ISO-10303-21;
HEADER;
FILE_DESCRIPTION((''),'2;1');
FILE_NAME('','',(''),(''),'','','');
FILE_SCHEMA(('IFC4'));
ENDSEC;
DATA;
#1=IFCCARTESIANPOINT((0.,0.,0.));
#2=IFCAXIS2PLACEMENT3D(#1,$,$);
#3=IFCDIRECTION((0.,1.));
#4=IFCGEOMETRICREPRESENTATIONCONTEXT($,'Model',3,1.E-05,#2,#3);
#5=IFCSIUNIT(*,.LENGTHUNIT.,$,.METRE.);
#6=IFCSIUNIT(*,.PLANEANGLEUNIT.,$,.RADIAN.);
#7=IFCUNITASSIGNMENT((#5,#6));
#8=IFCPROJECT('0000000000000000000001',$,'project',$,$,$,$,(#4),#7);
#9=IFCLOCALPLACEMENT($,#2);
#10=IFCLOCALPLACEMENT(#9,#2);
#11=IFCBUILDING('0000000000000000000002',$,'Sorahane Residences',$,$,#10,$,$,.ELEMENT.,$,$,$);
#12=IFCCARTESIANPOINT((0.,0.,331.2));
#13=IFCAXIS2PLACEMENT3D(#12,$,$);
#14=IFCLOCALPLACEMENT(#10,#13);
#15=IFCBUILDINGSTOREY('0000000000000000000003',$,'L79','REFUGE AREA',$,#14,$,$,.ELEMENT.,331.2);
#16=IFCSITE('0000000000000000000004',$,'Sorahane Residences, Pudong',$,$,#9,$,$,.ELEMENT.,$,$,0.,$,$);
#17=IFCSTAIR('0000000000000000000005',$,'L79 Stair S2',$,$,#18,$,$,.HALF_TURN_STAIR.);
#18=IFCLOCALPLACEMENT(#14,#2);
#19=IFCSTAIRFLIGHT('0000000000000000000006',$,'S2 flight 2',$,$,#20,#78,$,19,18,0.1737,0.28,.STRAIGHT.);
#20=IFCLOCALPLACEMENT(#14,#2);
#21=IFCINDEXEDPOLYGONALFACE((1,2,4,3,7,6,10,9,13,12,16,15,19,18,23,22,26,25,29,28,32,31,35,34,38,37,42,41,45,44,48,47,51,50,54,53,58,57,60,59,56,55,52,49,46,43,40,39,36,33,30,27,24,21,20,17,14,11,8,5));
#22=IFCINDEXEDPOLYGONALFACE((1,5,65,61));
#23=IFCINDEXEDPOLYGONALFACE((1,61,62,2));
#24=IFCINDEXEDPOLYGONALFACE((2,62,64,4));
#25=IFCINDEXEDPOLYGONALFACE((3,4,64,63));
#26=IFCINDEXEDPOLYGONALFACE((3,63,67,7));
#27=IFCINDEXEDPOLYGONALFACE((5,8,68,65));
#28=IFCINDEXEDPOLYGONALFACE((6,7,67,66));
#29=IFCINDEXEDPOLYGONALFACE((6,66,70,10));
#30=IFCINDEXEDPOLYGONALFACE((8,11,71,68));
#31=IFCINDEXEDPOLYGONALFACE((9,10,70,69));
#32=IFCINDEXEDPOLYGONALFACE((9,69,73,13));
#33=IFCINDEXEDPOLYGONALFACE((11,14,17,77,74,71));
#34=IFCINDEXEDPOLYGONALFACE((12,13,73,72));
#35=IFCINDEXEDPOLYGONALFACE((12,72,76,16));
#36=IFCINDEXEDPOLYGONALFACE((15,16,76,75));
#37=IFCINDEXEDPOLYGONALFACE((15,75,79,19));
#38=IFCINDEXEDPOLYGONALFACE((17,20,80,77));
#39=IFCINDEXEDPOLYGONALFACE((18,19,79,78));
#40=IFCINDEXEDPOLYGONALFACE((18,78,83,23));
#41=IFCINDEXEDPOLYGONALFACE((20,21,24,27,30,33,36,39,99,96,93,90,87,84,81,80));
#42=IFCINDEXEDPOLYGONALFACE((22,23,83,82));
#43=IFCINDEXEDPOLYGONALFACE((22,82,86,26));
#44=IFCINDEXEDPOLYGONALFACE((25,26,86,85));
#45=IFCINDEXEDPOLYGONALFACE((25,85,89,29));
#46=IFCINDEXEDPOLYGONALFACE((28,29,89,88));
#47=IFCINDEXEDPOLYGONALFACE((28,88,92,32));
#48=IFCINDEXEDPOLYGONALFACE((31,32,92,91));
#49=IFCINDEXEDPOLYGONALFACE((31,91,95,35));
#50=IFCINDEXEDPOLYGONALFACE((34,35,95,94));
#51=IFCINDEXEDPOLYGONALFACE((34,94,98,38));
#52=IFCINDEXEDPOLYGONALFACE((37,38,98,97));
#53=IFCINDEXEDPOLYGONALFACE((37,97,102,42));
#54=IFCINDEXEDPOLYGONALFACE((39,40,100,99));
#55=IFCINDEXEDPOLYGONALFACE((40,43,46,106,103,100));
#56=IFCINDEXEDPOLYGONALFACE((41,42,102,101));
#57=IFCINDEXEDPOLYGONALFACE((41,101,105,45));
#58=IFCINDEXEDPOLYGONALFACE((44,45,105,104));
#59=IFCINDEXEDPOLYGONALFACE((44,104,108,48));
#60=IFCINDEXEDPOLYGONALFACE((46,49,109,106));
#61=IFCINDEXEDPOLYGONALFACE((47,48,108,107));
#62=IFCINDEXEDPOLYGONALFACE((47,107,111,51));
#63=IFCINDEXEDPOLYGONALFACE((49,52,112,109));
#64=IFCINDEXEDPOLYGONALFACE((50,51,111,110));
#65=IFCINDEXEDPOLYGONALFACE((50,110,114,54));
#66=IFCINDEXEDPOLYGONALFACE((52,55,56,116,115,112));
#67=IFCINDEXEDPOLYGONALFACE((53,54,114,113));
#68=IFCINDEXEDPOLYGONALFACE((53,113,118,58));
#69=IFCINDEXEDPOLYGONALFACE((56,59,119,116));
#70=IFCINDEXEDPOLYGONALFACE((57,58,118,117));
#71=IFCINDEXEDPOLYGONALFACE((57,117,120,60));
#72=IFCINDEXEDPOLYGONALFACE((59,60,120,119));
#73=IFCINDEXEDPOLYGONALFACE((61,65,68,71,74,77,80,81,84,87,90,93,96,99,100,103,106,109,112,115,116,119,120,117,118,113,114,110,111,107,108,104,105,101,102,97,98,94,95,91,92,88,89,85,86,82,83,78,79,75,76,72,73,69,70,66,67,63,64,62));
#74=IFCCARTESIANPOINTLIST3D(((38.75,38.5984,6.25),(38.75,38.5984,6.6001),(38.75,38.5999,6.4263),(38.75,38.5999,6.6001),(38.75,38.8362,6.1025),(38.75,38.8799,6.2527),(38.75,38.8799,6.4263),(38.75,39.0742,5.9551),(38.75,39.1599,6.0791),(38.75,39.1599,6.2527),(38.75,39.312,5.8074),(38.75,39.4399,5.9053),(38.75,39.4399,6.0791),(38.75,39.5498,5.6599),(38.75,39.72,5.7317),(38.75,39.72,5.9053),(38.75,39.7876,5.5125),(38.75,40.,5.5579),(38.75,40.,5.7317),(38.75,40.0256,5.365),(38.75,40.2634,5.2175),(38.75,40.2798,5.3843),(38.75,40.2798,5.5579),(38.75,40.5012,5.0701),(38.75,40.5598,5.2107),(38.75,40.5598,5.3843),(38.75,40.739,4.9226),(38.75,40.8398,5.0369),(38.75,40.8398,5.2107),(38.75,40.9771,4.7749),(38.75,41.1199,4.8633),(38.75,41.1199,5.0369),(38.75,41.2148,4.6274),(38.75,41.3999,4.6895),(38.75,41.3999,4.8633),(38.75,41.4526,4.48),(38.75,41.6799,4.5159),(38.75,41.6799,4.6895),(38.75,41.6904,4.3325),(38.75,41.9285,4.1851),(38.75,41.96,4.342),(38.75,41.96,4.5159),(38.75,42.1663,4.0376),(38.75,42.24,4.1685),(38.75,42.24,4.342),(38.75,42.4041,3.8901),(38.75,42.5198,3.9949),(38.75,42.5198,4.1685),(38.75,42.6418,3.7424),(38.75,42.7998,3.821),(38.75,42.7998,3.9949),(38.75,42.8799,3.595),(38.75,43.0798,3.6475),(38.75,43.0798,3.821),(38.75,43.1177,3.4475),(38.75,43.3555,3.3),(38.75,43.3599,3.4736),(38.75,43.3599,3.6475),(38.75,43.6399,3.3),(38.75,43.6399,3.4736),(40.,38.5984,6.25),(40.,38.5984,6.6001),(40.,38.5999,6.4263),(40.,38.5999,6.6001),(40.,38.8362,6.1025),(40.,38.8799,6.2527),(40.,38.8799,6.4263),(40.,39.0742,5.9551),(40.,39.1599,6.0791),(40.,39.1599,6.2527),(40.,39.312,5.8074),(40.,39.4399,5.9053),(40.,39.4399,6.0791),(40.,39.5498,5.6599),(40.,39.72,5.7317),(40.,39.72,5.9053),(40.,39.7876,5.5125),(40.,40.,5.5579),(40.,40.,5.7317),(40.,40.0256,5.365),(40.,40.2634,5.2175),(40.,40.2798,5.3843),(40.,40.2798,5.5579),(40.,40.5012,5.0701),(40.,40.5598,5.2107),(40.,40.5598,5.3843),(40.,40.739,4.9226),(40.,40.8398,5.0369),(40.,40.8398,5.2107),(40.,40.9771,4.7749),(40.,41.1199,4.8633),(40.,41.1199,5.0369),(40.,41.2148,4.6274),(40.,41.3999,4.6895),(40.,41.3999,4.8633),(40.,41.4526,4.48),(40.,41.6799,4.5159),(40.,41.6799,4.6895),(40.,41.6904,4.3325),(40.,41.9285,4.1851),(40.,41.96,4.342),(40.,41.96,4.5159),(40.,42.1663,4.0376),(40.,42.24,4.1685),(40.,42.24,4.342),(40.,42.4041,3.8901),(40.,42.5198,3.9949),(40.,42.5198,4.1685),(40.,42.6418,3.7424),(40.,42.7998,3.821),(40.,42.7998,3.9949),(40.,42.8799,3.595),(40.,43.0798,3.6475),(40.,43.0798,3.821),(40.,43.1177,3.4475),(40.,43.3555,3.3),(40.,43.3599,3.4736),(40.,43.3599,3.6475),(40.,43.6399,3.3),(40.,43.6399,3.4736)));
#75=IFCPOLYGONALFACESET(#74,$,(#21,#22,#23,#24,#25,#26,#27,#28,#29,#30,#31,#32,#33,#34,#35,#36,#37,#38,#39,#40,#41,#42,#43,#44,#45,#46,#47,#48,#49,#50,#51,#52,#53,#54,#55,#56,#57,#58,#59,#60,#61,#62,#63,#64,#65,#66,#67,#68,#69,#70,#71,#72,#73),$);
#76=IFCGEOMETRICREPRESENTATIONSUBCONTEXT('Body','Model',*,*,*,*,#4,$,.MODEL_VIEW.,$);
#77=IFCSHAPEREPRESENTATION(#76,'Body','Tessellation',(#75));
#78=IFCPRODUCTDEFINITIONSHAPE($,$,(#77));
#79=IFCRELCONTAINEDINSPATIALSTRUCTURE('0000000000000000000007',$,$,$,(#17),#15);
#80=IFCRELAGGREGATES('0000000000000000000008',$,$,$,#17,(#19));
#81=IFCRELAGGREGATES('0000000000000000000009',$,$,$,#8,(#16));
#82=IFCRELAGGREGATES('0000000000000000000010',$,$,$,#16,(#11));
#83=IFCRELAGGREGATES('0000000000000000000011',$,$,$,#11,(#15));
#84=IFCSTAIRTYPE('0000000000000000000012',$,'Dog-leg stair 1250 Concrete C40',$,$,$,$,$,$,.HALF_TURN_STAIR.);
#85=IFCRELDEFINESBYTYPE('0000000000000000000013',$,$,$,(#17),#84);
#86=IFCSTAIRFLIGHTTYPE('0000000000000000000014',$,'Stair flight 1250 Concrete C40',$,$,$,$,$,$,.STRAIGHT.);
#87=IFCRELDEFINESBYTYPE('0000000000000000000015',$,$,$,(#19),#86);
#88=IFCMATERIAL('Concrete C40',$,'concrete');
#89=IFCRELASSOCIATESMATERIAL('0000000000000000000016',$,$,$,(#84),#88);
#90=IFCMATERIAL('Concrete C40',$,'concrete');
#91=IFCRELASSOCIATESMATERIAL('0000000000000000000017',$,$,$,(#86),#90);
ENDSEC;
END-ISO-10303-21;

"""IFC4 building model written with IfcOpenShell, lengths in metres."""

from ifc_helpers import new_model, si_unit, direction, frame, origin, place, context, subcontext, project, spatial, polyline, outline, extrude, material, type_object, element, aggregate, save


model = new_model("IFC4")

# Units and contexts
model_context = context("Model", 3, precision=1e-05, world=origin(), true_north=direction((0.0, 1.0)))
body_context = subcontext(model_context, "Body", "Model", "MODEL_VIEW")
ifc_project = project(units=[si_unit("LENGTHUNIT", "METRE"), si_unit("PLANEANGLEUNIT", "RADIAN")], contexts=[model_context])

# Site, building, storey
site_placement = place(None, origin())
site = spatial("IfcSite", under=ifc_project, at=site_placement, Name="Sorahane Residences, Pudong", CompositionType="ELEMENT", RefElevation=0.0)
building_placement = place(site_placement, origin())
building = spatial("IfcBuilding", under=site, at=building_placement, Name="Sorahane Residences", CompositionType="ELEMENT")
storey_placement = place(building_placement, frame((0.0, 0.0, 331.2)))
storey = spatial("IfcBuildingStorey", under=building, at=storey_placement, Name="L79", Description="REFUGE AREA", CompositionType="ELEMENT", Elevation=331.2)

# Stair, stair flight
ifc_material_1 = material(Name="Concrete C40", Category="concrete")
stair_type = type_object("IfcStairType", Name="Dog-leg stair 1250 Concrete C40", PredefinedType="HALF_TURN_STAIR", material=ifc_material_1)
stair_placement = place(storey_placement, origin())
stair = element("IfcStair", 1, at=stair_placement, inside=storey, type_object=stair_type, Name="L79 Stair S2", PredefinedType="HALF_TURN_STAIR")
ifc_material_2 = material(Name="Concrete C40", Category="concrete")
stair_flight_type = type_object("IfcStairFlightType", Name="Stair flight 1250 Concrete C40", PredefinedType="STRAIGHT", material=ifc_material_2)
stair_flight_placement = place(storey_placement, frame((39.375, 43.6399, 3.3), z_axis=(0.0, 0.0, 1.0), x_axis=(0.0, -1.0, 0.0)))
stair_flight = element("IfcStairFlight", 2, at=stair_flight_placement, type_object=stair_flight_type, Name="S2 flight 2", NumberOfRisers=19, NumberOfTreads=18, PredefinedType="STRAIGHT", RiserHeight=0.1737, TreadLength=0.28, context=body_context, shape_type="SweptSolid", body=[
    extrude(outline(polyline([(0.0, 0.0), (0.0, 0.1736), (0.28, 0.1736), (0.28, 0.3474), (0.5601, 0.3474), (0.5601, 0.521), (0.8401, 0.521), (0.8401, 0.6948), (1.1201, 0.6948), (1.1201, 0.8684), (1.3999, 0.8684), (1.3999, 1.042), (1.6799, 1.042), (1.6799, 1.2158), (1.96, 1.2158), (1.96, 1.3894), (2.24, 1.3894), (2.24, 1.5632), (2.52, 1.5632), (2.52, 1.7368), (2.8, 1.7368), (2.8, 1.9106), (3.0801, 1.9106), (3.0801, 2.0842), (3.3601, 2.0842), (3.3601, 2.2578), (3.6399, 2.2578), (3.6399, 2.4316), (3.9199, 2.4316), (3.9199, 2.6052), (4.2, 2.6052), (4.2, 2.7791), (4.48, 2.7791), (4.48, 2.9526), (4.76, 2.9526), (4.76, 3.1262), (5.04, 3.1262), (5.04, 3.3), (5.0415, 3.3), (5.0415, 2.95), (4.8037, 2.8025), (4.5657, 2.655), (4.3279, 2.5073), (4.0901, 2.3599), (3.8523, 2.2124), (3.6143, 2.0649), (3.3765, 1.9175), (3.1387, 1.77), (2.9009, 1.6226), (2.6628, 1.4749), (2.425, 1.3274), (2.1873, 1.1799), (1.9495, 1.0325), (1.7114, 0.885), (1.4736, 0.7375), (1.2358, 0.5901), (0.998, 0.4424), (0.76, 0.2949), (0.5222, 0.1475), (0.2844, 0.0), (0.0, 0.0)])), frame((0.0, 0.625, 0.0), z_axis=(0.0, -1.0, 0.0), x_axis=(1.0, 0.0, 0.0)), (0.0, 0.0, 1.0), 1.25),
])
aggregate(stair, [stair_flight])

save(model, "model.ifc")
